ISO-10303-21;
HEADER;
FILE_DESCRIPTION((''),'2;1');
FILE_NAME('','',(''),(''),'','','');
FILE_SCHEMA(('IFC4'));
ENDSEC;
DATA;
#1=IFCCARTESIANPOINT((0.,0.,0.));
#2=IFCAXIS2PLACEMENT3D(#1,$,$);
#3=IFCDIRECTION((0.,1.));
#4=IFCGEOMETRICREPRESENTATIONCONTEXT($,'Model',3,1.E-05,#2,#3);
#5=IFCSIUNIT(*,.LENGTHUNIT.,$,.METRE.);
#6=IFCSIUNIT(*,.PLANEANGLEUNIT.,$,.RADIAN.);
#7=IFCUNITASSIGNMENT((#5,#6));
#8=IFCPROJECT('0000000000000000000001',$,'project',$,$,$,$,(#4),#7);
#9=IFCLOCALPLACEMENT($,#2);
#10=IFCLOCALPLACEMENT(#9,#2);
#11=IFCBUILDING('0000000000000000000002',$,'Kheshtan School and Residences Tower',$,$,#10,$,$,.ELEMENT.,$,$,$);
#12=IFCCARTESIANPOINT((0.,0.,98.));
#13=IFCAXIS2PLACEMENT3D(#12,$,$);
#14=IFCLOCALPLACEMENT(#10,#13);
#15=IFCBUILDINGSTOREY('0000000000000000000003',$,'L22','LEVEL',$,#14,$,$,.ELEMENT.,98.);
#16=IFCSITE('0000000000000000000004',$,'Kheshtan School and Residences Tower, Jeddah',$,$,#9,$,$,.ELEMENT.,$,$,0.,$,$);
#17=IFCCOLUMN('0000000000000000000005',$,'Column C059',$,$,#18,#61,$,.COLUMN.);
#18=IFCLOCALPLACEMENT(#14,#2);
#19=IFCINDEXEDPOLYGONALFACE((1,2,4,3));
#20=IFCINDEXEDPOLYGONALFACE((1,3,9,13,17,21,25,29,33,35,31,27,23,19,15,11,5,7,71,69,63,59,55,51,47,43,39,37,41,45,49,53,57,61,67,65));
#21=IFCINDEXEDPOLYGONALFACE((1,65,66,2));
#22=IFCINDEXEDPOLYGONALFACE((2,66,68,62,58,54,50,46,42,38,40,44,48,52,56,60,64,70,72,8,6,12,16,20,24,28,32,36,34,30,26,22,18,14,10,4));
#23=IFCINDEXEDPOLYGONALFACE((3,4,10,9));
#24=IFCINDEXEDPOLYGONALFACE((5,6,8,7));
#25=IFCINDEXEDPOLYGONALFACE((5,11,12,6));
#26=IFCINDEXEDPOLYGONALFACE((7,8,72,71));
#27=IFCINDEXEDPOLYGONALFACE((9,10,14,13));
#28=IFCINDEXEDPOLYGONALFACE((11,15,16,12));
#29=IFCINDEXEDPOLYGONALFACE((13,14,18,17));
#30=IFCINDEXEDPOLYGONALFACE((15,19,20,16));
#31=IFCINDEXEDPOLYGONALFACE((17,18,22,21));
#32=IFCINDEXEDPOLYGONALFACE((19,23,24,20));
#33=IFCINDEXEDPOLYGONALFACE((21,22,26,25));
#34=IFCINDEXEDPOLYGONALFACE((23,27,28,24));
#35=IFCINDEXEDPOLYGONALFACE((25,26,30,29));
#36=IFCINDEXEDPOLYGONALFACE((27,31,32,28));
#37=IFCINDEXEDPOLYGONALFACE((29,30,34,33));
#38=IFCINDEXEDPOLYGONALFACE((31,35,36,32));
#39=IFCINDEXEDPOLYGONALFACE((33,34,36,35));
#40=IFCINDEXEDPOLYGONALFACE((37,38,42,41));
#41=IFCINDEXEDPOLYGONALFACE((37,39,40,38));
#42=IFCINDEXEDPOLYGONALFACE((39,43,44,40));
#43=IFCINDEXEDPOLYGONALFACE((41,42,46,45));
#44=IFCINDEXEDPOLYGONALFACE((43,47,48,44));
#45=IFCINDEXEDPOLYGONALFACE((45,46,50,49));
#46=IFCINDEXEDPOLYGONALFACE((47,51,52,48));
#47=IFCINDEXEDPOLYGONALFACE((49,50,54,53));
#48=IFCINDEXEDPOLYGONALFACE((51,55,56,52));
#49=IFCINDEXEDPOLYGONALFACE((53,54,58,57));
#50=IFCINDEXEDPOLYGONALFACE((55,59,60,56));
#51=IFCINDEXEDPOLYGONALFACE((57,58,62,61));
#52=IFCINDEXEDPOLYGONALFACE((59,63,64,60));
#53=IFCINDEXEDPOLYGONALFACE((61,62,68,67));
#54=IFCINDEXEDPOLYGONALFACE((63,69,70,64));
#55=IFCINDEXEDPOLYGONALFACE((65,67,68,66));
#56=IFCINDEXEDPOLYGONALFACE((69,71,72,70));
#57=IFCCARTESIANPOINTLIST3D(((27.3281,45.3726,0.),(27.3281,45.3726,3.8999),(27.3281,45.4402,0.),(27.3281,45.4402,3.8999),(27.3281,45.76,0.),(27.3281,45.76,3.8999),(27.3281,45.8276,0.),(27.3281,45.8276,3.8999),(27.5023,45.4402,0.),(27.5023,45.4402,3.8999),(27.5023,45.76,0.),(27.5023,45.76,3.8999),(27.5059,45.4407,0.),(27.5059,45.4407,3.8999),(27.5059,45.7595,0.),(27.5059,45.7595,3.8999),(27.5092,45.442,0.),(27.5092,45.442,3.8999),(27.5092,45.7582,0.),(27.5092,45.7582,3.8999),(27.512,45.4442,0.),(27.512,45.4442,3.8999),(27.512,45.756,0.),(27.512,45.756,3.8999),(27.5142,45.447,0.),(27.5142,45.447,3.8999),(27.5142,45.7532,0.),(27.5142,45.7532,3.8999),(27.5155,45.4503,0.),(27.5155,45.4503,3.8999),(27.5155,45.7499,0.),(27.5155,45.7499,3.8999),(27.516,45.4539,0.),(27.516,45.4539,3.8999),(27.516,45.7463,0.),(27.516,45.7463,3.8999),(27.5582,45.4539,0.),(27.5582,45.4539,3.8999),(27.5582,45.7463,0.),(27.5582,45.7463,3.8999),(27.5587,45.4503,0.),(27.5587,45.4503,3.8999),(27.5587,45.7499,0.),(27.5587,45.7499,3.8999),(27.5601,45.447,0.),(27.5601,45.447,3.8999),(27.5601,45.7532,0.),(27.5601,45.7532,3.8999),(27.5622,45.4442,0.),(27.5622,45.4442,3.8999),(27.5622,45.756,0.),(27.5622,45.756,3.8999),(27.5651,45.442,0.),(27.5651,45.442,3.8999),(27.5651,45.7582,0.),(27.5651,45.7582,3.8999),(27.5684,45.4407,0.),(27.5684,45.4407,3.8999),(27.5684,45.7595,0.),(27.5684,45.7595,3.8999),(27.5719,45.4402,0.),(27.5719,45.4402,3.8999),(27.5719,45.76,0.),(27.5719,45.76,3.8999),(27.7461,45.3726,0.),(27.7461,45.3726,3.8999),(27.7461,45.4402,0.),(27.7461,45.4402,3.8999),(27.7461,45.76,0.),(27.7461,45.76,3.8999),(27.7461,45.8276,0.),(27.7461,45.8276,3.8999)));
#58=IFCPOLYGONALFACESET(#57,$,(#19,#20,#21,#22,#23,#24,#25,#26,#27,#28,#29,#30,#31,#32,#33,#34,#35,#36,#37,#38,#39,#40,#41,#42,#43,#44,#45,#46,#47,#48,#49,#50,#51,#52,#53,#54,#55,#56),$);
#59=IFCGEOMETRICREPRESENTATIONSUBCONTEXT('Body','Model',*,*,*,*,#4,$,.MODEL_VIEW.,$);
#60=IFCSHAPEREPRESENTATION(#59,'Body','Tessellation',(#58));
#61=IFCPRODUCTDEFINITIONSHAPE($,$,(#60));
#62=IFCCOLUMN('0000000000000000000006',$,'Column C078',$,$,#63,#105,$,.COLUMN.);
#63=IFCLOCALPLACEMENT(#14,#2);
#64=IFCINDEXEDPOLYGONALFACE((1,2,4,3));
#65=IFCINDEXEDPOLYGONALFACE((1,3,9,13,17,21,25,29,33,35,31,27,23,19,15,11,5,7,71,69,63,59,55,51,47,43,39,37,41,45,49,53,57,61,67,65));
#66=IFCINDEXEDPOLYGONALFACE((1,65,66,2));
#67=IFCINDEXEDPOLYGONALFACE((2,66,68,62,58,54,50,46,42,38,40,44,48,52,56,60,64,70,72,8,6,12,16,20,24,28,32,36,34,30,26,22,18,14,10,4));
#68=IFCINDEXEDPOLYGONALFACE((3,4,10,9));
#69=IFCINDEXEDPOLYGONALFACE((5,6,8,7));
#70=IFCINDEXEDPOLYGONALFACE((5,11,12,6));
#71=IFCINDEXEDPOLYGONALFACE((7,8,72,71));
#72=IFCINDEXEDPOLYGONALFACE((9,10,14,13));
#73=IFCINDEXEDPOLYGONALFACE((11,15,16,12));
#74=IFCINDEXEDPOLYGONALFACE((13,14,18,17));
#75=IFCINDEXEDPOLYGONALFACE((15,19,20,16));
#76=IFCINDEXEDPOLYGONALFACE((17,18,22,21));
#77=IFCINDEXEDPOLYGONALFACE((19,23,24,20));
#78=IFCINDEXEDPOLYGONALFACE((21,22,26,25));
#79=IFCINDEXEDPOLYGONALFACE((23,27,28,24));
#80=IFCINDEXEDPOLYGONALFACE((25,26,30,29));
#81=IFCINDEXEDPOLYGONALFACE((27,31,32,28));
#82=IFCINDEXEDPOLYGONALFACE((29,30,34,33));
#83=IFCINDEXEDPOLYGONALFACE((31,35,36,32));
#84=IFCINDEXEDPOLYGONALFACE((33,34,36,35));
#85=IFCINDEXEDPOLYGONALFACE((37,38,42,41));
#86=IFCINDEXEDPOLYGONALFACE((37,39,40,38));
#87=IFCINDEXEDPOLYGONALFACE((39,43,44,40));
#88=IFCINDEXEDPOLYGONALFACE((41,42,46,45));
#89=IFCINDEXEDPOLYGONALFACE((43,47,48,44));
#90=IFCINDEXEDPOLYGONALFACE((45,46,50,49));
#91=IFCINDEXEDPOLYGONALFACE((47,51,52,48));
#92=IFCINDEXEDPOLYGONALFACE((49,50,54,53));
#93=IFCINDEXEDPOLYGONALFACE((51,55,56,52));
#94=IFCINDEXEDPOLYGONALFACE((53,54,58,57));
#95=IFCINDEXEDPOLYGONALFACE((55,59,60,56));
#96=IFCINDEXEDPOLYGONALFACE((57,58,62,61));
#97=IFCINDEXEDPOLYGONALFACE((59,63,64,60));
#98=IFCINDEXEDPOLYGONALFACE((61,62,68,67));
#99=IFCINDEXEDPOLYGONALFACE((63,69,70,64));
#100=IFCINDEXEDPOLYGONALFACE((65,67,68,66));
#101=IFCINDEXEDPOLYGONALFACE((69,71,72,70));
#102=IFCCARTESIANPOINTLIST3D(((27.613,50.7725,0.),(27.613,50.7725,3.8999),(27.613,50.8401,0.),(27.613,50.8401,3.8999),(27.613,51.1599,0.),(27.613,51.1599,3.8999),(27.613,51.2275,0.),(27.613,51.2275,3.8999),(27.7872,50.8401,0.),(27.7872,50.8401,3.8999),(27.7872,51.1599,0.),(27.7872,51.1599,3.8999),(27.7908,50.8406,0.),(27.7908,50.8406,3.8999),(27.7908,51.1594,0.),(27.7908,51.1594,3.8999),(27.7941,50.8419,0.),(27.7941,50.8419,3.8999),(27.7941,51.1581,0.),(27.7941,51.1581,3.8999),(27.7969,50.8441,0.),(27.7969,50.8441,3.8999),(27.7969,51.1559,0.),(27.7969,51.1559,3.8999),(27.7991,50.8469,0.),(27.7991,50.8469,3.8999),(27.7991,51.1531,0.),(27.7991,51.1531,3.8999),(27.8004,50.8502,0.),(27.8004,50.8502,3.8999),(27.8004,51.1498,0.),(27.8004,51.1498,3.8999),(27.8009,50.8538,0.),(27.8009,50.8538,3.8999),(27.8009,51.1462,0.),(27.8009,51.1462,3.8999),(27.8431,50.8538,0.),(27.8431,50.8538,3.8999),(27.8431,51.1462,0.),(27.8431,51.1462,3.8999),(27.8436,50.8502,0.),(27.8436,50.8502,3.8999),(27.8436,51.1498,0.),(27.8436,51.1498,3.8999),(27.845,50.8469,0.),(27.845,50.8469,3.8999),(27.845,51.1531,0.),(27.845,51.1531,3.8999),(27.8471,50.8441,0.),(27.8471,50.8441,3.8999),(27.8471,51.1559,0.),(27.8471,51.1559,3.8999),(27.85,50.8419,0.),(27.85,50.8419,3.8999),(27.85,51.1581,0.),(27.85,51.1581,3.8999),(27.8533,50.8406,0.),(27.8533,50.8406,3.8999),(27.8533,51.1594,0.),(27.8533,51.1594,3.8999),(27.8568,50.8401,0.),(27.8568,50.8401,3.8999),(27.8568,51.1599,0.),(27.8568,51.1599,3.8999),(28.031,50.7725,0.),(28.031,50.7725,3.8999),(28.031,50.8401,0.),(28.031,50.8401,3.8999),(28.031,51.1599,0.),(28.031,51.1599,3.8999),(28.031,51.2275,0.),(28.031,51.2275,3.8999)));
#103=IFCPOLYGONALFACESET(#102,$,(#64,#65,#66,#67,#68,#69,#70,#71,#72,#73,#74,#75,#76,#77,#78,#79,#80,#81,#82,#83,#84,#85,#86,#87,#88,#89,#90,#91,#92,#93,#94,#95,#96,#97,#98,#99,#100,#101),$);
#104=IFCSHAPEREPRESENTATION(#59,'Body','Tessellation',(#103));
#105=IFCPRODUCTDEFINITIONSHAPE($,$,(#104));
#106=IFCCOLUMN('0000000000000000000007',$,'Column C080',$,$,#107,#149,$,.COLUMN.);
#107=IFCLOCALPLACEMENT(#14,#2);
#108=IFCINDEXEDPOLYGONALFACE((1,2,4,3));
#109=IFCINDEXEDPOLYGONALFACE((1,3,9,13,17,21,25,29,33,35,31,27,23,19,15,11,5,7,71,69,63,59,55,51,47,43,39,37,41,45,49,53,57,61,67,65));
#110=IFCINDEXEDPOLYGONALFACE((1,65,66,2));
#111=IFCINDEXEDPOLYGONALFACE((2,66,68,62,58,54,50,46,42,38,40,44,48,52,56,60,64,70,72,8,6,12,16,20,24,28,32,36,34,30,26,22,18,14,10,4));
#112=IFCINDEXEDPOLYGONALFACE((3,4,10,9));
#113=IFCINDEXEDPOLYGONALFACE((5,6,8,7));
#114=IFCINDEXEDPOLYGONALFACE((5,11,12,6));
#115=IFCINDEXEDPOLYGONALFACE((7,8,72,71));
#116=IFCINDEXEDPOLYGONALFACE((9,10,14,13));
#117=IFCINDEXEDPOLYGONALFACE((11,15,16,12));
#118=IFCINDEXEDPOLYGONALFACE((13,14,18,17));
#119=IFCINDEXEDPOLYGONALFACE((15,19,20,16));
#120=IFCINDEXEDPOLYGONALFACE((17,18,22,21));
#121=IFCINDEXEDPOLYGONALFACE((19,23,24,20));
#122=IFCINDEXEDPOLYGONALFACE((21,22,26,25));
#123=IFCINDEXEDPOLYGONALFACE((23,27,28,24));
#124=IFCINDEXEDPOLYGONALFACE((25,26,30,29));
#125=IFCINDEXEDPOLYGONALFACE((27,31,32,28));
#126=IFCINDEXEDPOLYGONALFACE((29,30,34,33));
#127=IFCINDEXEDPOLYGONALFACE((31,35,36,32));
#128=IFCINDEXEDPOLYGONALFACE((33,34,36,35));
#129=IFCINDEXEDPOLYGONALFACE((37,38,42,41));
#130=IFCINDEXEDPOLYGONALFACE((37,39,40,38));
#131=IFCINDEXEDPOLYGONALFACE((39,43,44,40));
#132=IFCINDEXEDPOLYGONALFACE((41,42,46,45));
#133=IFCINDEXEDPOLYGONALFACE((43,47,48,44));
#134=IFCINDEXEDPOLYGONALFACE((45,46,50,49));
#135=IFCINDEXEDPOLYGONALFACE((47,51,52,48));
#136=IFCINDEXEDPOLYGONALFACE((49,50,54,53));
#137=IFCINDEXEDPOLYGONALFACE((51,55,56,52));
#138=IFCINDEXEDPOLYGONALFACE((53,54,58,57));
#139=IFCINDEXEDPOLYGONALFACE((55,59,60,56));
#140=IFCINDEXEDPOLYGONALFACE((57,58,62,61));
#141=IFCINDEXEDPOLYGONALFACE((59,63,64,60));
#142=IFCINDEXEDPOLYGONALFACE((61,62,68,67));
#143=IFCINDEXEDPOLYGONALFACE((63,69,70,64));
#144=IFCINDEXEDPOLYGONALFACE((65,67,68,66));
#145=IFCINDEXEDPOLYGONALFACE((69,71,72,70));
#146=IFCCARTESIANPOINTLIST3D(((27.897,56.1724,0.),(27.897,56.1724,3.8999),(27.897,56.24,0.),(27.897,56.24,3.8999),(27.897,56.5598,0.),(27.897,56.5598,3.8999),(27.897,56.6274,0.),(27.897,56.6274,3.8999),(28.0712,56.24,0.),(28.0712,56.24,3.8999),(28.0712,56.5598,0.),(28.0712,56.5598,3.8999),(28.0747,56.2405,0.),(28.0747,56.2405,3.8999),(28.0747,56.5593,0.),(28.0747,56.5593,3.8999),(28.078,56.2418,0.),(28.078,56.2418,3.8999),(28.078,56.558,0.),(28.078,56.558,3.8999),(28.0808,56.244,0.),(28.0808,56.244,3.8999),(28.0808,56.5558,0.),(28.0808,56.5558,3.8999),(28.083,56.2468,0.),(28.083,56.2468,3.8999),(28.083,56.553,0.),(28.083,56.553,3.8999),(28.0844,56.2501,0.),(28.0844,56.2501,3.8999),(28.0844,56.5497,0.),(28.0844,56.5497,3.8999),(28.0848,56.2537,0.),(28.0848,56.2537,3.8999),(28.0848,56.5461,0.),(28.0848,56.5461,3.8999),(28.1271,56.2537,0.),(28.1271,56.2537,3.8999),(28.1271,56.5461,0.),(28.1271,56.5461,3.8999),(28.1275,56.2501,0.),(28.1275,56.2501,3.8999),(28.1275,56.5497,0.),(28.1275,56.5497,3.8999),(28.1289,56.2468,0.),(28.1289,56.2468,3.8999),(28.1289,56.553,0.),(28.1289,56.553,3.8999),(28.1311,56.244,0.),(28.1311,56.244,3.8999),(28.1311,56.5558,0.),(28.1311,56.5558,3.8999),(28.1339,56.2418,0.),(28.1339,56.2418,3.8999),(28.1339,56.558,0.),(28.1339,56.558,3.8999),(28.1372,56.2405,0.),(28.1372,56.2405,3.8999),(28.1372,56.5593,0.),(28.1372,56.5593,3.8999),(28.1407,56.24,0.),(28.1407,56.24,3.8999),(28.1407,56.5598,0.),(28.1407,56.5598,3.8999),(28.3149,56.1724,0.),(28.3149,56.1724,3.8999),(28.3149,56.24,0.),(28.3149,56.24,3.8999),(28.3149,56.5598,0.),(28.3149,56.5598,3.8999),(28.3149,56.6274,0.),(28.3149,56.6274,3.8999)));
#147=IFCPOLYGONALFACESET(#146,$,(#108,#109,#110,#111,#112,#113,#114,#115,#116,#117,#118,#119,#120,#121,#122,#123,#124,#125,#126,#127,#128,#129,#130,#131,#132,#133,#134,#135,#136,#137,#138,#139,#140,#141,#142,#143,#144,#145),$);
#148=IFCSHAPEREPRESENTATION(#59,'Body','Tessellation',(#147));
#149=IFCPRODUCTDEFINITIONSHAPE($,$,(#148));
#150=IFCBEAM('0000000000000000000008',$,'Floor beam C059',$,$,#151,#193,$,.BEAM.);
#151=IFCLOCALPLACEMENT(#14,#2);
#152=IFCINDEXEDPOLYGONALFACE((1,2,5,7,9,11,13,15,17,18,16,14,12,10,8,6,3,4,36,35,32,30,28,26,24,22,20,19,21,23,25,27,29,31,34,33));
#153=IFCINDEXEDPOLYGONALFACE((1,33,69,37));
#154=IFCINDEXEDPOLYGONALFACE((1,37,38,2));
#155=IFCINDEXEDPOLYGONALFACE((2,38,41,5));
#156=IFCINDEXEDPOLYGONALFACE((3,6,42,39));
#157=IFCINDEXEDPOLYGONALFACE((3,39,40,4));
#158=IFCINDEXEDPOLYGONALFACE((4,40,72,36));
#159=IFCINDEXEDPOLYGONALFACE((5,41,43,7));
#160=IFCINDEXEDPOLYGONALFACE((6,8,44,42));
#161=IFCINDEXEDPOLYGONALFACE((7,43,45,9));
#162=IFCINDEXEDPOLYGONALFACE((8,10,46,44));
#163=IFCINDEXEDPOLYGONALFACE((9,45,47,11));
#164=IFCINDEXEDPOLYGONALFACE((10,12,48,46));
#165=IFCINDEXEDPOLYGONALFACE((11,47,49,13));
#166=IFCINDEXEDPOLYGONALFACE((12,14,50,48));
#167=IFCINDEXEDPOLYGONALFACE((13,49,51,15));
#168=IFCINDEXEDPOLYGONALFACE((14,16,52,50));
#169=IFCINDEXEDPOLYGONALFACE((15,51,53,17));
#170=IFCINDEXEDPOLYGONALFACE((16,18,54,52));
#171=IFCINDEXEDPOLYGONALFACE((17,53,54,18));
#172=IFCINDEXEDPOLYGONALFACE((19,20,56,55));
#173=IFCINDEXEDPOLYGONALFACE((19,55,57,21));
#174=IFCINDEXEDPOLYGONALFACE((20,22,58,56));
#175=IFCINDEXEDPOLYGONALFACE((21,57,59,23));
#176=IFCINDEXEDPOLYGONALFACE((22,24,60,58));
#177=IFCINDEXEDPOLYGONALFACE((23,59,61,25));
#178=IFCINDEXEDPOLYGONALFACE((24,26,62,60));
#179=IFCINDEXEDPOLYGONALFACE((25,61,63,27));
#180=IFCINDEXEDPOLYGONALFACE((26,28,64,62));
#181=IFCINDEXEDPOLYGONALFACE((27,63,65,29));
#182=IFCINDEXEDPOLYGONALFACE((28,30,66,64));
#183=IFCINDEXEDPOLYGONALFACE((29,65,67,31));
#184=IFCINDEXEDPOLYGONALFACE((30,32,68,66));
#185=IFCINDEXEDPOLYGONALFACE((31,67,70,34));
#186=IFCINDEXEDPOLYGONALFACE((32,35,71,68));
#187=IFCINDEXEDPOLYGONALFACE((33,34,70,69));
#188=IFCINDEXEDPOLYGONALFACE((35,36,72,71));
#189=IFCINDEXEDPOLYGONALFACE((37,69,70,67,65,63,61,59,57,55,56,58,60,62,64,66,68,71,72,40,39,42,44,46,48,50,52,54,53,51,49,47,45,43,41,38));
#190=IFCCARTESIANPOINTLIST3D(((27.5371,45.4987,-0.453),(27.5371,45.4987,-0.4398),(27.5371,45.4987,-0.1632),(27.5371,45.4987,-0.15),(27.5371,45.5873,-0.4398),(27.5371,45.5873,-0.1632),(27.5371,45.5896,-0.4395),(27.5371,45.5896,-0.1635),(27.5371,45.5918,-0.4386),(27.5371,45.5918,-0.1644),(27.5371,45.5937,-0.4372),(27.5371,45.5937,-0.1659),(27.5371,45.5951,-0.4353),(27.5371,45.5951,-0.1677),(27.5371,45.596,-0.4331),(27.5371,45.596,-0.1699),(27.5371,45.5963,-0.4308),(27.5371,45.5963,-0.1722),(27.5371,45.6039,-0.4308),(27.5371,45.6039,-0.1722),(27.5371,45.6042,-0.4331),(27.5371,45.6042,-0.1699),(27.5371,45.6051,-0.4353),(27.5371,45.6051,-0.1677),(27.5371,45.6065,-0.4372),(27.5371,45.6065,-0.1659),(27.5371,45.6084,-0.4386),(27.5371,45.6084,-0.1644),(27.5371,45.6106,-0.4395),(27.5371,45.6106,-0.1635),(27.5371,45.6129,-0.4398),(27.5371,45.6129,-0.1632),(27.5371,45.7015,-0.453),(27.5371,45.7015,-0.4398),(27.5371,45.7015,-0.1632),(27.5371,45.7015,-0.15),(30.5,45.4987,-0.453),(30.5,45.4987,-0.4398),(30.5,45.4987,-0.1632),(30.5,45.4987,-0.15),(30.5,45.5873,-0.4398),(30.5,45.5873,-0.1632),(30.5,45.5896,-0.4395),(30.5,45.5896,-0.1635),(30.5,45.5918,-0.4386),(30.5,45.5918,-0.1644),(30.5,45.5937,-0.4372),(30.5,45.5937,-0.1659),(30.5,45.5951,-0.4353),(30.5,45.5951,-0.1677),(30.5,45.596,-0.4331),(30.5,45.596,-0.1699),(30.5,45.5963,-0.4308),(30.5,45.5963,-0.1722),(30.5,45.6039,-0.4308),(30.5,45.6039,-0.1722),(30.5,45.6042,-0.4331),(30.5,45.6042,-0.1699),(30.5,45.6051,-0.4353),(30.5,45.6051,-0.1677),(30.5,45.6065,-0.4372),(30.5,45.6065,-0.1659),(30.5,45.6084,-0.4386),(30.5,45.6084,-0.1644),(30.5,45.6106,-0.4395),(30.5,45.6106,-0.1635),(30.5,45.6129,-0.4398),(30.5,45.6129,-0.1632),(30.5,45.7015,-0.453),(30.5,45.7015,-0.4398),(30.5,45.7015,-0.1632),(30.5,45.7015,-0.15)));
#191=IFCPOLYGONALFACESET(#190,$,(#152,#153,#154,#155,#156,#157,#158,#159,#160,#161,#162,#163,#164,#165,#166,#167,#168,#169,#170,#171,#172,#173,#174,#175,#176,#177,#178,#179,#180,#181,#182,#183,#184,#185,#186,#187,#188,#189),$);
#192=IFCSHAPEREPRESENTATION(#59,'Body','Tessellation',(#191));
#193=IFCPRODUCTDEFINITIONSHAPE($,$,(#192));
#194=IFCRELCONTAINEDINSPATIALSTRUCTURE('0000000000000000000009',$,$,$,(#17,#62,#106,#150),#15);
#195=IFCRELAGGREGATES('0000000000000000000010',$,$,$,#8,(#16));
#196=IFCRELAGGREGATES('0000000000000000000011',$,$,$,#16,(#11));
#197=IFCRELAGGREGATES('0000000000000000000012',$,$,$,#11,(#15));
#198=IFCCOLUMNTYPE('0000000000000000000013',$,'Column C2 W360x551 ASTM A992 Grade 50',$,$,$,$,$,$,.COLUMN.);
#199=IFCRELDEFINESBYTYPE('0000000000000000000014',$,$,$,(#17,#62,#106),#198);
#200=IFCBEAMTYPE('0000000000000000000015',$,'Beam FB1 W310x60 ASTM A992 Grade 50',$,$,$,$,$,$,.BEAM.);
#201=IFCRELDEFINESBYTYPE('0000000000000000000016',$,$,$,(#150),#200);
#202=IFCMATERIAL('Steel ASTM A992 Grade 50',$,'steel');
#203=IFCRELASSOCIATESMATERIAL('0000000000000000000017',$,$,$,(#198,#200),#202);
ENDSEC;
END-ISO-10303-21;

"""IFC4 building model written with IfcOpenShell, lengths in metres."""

from ifc_helpers import new_model, si_unit, direction, frame, origin, origin_2d, place, context, subcontext, project, spatial, i_section, extrude, material, material_profile, profile_set, type_object, element, save


model = new_model("IFC4")

# Units and contexts
model_context = context("Model", 3, precision=1e-05, world=origin(), true_north=direction((0.0, 1.0)))
body_context = subcontext(model_context, "Body", "Model", "MODEL_VIEW")
ifc_project = project(units=[si_unit("LENGTHUNIT", "METRE"), si_unit("PLANEANGLEUNIT", "RADIAN")], contexts=[model_context])

# Site, building, storey
site_placement = place(None, origin())
site = spatial("IfcSite", under=ifc_project, at=site_placement, Name="Kheshtan School and Residences Tower, Jeddah", CompositionType="ELEMENT", RefElevation=0.0)
building_placement = place(site_placement, origin())
building = spatial("IfcBuilding", under=site, at=building_placement, Name="Kheshtan School and Residences Tower", CompositionType="ELEMENT")
storey_placement = place(building_placement, frame((0.0, 0.0, 98.0)))
storey = spatial("IfcBuildingStorey", under=building, at=storey_placement, Name="L22", Description="LEVEL", CompositionType="ELEMENT", Elevation=98.0)

# Columns
ifc_material_1 = material(Name="Steel ASTM A992 Grade 50", Category="steel")
ifc_material_profile_1 = material_profile(ifc_material_1, i_section(OverallWidth=0.418, OverallDepth=0.4551, WebThickness=0.0422, FlangeThickness=0.0676, FilletRadius=0.0137, at=origin_2d()), Name="W360x551")
ifc_profile_set_1 = profile_set([ifc_material_profile_1], Name="Steel ASTM A992 Grade 50")
column_type = type_object("IfcColumnType", Name="Column C2 W360x551 ASTM A992 Grade 50", PredefinedType="COLUMN", material=ifc_profile_set_1)
for number, where, z_axis, x_axis, name in (
    (1, (27.5371, 45.6001, 0.0), (0.0, 0.0, 1.0), (1.0, 0.0, 0.0), "Column C059"),
    (2, (27.822, 51.0, 0.0), (0.0, 0.0, 1.0), (1.0, 0.0, 0.0), "Column C078"),
    (3, (28.106, 56.3999, 0.0), (0.0, 0.0, 1.0), (1.0, 0.0, 0.0), "Column C080"),
):
    element("IfcColumn", number, at=place(storey_placement, frame(where, z_axis=z_axis, x_axis=x_axis)), inside=storey, type_object=column_type, Name=name, PredefinedType="COLUMN", context=body_context, shape_type="SweptSolid", body=[
        extrude(i_section(OverallWidth=0.418, OverallDepth=0.4551, WebThickness=0.0422, FlangeThickness=0.0676, FilletRadius=0.0137, at=origin_2d()), origin(), (0.0, 0.0, 1.0), 3.8999),
    ])

# Beam
ifc_material_profile_2 = material_profile(ifc_material_1, i_section(OverallWidth=0.2029, OverallDepth=0.303, WebThickness=0.0076, FlangeThickness=0.0132, FilletRadius=0.009, at=origin_2d()), Name="W310x60")
ifc_profile_set_2 = profile_set([ifc_material_profile_2], Name="Steel ASTM A992 Grade 50")
beam_type_1 = type_object("IfcBeamType", Name="Beam FB1 W310x60 ASTM A992 Grade 50", PredefinedType="BEAM", material=ifc_profile_set_2)
beam_1_placement = place(storey_placement, frame((27.5371, 45.6001, -0.3015), z_axis=(1.0, 0.0, 0.0), x_axis=(0.0, 1.0, 0.0)))
element("IfcBeam", 4, at=beam_1_placement, inside=storey, type_object=beam_type_1, Name="Floor beam C059", PredefinedType="BEAM", context=body_context, shape_type="SweptSolid", body=[
    extrude(i_section(OverallWidth=0.2029, OverallDepth=0.303, WebThickness=0.0076, FlangeThickness=0.0132, FilletRadius=0.009, at=origin_2d()), origin(), (0.0, 0.0, 1.0), 2.9629),
])

save(model, "model.ifc")
